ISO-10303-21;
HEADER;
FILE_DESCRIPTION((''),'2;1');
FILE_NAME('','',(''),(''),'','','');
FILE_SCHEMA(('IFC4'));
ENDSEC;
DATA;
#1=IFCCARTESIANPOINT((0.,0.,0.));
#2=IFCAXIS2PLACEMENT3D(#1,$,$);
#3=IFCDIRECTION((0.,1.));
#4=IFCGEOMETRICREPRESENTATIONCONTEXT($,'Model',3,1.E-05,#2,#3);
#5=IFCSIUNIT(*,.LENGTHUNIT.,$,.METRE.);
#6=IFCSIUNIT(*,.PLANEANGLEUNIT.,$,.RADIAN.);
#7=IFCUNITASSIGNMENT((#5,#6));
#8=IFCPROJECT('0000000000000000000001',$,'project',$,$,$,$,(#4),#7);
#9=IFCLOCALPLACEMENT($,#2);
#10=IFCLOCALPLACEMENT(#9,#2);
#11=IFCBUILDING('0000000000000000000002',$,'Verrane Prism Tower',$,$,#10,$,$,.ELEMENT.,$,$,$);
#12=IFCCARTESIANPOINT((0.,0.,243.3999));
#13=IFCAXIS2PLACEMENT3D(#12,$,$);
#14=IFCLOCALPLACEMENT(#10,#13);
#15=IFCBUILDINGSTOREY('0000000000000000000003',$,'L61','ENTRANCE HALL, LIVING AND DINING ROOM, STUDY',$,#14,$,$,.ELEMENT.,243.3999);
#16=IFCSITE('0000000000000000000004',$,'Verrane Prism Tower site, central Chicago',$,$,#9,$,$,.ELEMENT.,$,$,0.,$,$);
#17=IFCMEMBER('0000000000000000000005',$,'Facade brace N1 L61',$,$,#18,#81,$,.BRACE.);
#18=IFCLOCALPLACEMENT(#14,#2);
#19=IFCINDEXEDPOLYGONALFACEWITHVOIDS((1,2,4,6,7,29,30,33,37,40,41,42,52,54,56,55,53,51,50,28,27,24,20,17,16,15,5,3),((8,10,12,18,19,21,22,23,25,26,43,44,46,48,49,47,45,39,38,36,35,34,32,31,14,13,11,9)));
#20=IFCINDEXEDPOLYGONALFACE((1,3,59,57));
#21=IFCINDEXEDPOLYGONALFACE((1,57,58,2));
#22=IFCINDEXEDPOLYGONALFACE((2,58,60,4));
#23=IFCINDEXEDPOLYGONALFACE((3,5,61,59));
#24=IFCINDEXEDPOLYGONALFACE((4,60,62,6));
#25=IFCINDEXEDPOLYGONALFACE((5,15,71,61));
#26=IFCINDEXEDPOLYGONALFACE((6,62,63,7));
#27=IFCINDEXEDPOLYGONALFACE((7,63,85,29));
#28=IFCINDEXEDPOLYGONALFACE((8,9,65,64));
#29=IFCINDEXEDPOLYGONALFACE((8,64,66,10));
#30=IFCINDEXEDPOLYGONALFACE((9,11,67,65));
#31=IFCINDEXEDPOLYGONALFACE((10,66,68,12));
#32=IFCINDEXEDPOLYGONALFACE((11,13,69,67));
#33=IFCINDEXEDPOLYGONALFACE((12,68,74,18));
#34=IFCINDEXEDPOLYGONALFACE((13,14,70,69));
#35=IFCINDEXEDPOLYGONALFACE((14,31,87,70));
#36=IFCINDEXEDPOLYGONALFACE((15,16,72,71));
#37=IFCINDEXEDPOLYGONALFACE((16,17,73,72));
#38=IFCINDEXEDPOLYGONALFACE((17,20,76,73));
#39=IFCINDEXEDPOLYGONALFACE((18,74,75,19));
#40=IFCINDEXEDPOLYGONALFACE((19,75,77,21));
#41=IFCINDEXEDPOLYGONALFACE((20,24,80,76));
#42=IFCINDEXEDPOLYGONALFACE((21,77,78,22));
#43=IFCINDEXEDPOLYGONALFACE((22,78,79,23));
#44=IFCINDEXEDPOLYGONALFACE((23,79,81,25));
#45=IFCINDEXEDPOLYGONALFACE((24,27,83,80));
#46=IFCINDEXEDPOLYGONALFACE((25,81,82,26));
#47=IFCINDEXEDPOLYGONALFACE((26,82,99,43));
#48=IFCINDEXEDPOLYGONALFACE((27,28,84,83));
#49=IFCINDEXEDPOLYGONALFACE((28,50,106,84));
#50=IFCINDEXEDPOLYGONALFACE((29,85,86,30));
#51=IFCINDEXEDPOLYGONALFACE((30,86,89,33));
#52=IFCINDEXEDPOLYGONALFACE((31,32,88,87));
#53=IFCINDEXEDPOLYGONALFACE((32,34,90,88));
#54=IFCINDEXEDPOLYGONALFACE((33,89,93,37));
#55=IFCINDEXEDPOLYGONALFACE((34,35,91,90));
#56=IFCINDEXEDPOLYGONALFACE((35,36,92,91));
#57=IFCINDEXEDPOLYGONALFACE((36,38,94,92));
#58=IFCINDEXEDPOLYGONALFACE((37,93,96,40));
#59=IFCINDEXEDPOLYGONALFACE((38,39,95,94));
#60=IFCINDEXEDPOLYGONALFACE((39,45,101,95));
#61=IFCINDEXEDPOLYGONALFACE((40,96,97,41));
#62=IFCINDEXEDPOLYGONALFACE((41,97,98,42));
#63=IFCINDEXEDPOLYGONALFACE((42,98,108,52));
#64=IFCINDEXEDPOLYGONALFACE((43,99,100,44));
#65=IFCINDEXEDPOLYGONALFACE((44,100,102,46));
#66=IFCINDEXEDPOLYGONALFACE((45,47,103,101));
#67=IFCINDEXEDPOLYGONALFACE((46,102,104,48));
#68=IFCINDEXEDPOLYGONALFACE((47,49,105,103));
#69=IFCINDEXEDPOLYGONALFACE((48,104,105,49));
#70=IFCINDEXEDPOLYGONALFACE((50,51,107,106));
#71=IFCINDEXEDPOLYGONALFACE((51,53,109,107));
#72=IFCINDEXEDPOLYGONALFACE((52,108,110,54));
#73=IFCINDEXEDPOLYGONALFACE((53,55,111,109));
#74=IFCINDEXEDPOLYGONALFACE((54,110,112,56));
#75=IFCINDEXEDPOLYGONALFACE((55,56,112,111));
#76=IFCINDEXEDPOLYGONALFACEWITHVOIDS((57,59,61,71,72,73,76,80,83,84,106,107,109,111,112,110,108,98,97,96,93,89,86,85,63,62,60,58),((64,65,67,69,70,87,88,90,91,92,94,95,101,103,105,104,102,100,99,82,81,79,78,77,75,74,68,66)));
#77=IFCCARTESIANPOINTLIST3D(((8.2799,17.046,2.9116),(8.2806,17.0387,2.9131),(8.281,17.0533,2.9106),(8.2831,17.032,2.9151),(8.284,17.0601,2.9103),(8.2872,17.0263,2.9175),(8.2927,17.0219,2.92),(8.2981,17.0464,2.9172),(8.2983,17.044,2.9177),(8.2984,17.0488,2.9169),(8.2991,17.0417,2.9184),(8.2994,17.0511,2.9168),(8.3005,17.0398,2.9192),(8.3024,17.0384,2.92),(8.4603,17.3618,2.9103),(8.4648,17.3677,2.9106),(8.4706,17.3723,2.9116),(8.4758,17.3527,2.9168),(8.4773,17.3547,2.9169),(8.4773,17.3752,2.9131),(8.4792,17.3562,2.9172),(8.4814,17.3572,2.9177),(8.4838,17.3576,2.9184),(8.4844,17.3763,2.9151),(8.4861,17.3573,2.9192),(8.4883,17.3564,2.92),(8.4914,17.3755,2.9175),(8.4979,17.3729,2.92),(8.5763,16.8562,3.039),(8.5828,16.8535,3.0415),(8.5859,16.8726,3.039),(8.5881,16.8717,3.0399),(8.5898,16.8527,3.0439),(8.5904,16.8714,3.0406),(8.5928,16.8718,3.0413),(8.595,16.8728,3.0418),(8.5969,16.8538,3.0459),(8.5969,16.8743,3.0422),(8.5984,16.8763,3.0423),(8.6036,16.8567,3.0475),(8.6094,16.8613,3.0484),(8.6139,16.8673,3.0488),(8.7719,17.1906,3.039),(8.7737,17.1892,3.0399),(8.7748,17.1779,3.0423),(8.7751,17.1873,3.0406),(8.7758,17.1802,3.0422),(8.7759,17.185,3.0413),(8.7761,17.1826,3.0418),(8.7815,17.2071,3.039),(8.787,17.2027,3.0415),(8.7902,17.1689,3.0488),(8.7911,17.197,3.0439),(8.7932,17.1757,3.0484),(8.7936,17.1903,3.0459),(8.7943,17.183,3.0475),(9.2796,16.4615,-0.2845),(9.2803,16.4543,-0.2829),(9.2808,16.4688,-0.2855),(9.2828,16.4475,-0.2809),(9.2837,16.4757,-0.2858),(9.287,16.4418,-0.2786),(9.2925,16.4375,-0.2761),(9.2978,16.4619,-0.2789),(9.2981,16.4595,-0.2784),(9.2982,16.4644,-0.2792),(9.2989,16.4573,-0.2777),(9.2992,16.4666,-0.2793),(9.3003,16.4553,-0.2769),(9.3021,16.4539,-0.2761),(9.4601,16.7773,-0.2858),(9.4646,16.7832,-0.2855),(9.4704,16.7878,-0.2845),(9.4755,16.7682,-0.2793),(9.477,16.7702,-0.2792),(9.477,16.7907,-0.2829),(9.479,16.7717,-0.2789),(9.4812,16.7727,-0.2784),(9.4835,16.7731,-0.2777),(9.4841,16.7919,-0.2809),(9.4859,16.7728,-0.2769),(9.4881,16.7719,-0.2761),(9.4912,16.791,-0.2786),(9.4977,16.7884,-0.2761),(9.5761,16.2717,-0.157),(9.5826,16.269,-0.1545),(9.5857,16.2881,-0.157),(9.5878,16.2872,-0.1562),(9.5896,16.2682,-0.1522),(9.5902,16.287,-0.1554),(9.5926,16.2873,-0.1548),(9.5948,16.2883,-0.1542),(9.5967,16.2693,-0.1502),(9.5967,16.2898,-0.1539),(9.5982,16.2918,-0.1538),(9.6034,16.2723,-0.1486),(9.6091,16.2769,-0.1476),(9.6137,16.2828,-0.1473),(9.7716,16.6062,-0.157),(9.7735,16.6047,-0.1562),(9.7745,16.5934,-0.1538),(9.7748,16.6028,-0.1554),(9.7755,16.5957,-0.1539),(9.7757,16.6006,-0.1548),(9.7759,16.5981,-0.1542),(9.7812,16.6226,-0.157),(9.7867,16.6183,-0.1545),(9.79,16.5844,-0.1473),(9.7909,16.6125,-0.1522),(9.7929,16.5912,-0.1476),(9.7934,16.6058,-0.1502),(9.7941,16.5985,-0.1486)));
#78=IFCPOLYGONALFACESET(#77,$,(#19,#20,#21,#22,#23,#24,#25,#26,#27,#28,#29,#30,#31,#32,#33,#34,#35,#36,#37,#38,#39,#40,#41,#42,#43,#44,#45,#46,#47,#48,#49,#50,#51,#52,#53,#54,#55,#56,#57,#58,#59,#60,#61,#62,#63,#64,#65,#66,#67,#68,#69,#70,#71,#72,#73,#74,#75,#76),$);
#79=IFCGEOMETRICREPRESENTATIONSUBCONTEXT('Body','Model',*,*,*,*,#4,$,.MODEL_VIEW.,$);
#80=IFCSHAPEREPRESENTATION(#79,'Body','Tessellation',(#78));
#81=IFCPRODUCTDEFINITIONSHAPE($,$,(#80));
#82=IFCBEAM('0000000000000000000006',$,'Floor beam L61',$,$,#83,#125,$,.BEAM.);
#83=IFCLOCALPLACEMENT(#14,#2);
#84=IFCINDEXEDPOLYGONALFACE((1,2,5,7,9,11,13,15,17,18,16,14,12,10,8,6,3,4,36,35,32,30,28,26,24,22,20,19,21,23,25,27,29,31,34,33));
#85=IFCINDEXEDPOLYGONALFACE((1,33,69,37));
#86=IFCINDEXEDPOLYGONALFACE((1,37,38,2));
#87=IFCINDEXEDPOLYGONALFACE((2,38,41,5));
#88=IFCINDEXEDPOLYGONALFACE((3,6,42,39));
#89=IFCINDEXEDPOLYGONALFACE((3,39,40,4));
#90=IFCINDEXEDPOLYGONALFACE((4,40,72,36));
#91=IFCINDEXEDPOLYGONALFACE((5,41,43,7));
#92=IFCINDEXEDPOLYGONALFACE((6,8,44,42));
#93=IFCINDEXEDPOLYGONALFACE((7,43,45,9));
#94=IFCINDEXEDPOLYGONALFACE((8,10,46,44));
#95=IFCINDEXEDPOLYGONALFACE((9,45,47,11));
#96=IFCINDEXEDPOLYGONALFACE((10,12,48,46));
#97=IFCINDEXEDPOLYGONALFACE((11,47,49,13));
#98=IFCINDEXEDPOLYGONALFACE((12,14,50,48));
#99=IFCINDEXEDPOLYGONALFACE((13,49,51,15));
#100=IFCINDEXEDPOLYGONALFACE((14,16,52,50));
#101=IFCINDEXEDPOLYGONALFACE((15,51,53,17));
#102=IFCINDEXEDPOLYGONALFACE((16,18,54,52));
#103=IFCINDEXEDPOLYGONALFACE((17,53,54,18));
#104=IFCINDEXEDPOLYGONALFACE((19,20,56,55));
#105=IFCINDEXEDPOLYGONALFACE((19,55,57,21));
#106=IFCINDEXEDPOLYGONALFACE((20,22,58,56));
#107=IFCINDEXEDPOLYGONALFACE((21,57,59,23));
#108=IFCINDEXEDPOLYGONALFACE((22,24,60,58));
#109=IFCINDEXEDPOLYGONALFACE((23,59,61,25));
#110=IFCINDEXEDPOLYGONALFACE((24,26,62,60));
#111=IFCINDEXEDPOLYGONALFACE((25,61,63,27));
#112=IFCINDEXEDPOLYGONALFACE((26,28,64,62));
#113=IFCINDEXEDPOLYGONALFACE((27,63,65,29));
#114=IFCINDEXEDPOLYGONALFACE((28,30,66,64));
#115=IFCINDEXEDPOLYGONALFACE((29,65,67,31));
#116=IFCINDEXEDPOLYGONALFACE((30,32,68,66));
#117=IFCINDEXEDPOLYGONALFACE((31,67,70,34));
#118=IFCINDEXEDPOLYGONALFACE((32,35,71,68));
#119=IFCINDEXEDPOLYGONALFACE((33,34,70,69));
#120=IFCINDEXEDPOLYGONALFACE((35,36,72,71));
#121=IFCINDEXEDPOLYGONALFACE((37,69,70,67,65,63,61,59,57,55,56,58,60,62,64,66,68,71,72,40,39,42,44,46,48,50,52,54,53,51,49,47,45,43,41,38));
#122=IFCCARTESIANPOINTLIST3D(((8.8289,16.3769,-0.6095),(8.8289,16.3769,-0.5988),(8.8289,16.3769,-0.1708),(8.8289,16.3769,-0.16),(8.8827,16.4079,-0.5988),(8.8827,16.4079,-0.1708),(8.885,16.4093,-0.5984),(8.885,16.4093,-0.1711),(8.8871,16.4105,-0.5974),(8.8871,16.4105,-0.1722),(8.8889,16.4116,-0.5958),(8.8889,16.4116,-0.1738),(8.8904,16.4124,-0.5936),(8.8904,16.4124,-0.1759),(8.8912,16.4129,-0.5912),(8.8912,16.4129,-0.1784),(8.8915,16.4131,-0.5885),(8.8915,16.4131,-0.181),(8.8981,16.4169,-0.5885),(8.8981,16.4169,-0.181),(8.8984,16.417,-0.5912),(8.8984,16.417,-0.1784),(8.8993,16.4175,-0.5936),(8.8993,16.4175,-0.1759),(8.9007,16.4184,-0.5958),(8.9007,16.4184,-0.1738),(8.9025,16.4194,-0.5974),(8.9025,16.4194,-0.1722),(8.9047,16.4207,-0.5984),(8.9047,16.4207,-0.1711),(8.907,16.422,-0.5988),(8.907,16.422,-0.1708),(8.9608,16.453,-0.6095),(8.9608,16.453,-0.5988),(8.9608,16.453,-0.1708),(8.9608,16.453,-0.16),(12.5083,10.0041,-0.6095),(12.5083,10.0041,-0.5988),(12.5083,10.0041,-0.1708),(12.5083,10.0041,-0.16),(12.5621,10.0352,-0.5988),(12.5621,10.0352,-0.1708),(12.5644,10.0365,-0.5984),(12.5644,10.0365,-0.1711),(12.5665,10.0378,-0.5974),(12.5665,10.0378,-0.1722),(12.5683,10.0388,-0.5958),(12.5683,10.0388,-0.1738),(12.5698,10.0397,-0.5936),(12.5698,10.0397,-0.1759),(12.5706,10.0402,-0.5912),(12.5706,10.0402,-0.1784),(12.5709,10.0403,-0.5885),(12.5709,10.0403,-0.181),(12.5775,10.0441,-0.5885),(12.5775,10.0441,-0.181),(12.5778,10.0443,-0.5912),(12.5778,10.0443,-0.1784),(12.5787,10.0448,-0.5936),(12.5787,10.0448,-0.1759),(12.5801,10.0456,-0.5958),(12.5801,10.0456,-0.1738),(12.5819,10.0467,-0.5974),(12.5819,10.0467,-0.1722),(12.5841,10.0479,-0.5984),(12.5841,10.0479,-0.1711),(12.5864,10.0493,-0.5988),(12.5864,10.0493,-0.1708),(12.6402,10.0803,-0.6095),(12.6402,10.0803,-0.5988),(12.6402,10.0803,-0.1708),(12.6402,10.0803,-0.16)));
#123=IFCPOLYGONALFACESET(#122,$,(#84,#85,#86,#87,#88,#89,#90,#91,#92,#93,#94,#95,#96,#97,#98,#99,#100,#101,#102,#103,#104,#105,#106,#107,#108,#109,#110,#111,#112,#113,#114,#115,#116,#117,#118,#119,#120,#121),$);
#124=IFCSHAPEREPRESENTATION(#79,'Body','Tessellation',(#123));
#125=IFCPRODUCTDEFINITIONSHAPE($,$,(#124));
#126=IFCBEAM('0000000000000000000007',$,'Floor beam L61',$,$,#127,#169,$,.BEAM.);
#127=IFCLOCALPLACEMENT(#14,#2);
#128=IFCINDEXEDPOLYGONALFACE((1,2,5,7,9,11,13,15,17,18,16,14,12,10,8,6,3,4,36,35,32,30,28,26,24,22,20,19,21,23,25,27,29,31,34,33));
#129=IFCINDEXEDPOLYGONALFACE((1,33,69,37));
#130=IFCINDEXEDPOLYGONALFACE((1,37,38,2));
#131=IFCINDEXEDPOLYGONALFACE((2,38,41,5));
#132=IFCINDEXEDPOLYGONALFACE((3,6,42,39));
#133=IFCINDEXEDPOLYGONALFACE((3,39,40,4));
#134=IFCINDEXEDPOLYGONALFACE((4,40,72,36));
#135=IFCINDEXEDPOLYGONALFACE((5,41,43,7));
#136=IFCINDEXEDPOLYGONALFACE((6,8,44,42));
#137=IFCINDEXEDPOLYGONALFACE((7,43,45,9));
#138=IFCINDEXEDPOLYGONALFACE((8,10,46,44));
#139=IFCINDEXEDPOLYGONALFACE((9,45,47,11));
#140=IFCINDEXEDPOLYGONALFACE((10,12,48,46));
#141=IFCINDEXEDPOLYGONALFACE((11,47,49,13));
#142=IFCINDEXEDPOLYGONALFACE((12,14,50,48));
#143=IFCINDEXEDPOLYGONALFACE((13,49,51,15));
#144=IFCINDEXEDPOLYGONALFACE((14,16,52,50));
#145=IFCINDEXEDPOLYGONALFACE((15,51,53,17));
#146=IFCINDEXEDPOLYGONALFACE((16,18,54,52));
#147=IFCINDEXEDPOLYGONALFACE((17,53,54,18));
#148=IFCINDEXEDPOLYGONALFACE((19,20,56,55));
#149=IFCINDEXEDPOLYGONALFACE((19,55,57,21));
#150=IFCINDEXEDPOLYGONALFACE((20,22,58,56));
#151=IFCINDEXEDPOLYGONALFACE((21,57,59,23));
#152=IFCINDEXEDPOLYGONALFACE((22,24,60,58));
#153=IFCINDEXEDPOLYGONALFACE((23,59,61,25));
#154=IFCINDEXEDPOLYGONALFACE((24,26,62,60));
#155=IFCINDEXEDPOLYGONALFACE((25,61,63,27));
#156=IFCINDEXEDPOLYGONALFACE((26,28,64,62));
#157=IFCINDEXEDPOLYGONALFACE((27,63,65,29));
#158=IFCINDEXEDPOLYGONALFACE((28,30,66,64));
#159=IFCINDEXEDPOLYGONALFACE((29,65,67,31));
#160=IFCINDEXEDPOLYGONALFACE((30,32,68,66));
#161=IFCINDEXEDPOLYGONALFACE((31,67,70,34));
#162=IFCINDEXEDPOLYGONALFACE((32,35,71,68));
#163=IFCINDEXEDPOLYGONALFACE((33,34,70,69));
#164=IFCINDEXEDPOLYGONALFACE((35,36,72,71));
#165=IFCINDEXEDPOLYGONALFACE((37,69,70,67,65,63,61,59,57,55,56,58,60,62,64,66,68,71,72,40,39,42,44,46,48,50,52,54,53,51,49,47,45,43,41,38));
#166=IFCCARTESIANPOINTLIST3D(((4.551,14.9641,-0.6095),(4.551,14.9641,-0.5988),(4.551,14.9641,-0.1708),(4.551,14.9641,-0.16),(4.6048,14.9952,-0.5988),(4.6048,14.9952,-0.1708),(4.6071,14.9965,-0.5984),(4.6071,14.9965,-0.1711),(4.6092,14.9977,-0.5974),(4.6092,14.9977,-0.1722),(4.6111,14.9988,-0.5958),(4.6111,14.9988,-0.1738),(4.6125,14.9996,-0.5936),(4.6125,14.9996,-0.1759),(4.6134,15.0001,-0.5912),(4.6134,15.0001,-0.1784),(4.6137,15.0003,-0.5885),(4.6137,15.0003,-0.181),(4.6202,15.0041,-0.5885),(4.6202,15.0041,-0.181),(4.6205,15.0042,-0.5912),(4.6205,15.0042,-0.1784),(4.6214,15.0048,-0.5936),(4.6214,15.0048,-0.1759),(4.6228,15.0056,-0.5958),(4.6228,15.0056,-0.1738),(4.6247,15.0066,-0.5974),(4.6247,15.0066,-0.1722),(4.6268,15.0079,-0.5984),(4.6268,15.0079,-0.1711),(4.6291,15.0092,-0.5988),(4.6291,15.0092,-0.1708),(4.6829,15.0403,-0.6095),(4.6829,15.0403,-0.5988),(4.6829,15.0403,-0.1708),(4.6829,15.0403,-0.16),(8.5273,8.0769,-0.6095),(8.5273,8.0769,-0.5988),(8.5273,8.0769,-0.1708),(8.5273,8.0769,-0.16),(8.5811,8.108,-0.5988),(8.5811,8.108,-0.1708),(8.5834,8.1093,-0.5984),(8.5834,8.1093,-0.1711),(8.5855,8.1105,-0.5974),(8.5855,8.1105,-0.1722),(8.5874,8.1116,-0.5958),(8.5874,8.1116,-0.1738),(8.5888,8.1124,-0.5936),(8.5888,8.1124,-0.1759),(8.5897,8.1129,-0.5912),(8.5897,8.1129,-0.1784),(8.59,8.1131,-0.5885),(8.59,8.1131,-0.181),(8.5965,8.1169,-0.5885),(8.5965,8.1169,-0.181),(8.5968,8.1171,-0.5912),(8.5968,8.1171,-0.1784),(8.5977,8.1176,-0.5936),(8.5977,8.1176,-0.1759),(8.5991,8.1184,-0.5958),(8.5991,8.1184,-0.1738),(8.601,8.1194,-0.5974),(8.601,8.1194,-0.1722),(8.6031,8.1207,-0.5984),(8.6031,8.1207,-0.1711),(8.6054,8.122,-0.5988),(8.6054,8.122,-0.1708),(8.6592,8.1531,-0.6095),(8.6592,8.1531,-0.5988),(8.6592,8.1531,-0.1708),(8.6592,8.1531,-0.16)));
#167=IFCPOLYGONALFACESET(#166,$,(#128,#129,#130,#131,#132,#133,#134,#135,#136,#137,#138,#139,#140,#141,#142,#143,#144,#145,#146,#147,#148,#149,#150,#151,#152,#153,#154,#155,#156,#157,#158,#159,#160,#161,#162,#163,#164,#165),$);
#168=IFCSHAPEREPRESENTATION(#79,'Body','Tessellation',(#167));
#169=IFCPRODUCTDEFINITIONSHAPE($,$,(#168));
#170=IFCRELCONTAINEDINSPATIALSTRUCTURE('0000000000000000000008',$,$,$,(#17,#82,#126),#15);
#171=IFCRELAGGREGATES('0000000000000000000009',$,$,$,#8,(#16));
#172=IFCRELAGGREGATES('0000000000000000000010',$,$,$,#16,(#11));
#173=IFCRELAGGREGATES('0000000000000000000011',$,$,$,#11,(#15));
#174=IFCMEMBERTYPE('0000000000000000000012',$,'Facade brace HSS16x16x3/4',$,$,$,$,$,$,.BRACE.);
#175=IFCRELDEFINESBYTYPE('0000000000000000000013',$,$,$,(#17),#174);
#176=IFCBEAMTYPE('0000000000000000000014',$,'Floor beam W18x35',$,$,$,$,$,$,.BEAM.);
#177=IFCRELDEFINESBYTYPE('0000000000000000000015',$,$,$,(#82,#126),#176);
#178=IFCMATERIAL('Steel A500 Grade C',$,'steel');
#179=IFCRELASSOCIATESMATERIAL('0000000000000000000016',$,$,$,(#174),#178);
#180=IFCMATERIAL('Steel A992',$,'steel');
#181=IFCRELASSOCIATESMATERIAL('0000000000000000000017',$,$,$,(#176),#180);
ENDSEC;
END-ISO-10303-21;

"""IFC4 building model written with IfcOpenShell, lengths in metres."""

from ifc_helpers import new_model, si_unit, direction, frame, origin, origin_2d, place, context, subcontext, project, spatial, hollow_rectangle, i_section, extrude, material, material_profile, profile_set, type_object, element, save


model = new_model("IFC4")

# Units and contexts
model_context = context("Model", 3, precision=1e-05, world=origin(), true_north=direction((0.0, 1.0)))
body_context = subcontext(model_context, "Body", "Model", "MODEL_VIEW")
ifc_project = project(units=[si_unit("LENGTHUNIT", "METRE"), si_unit("PLANEANGLEUNIT", "RADIAN")], contexts=[model_context])

# Site, building, storey
site_placement = place(None, origin())
site = spatial("IfcSite", under=ifc_project, at=site_placement, Name="Verrane Prism Tower site, central Chicago", CompositionType="ELEMENT", RefElevation=0.0)
building_placement = place(site_placement, origin())
building = spatial("IfcBuilding", under=site, at=building_placement, Name="Verrane Prism Tower", CompositionType="ELEMENT")
storey_placement = place(building_placement, frame((0.0, 0.0, 243.3999)))
storey = spatial("IfcBuildingStorey", under=building, at=storey_placement, Name="L61", Description="ENTRANCE HALL, LIVING AND DINING ROOM, STUDY", CompositionType="ELEMENT", Elevation=243.3999)

# Member
ifc_material_1 = material(Name="Steel A500 Grade C", Category="steel")
ifc_material_profile_1 = material_profile(ifc_material_1, hollow_rectangle(XDim=0.4065, YDim=0.4065, WallThickness=0.019, InnerFilletRadius=0.0095, OuterFilletRadius=0.0286, at=origin_2d()), Name="HSS16x16x3/4")
ifc_profile_set_1 = profile_set([ifc_material_profile_1], Name="Steel A500 Grade C")
member_type_1 = type_object("IfcMemberType", Name="Facade brace HSS16x16x3/4", PredefinedType="BRACE", material=ifc_profile_set_1)
member_1_placement = place(storey_placement, frame((9.5369, 16.53, -0.2166), z_axis=(-0.294099, 0.171935, 0.940183), x_axis=(-0.504697, -0.863297, 0.0)))
element("IfcMember", 1, at=member_1_placement, inside=storey, type_object=member_type_1, Name="Facade brace N1 L61", PredefinedType="BRACE", context=body_context, shape_type="SweptSolid", body=[
    extrude(hollow_rectangle(XDim=0.4065, YDim=0.4065, WallThickness=0.019, InnerFilletRadius=0.0095, OuterFilletRadius=0.0286, at=origin_2d()), origin(), (0.0, 0.0, 1.0), 3.3994),
])

# Beams
ifc_material_2 = material(Name="Steel A992", Category="steel")
ifc_material_profile_2 = material_profile(ifc_material_2, i_section(OverallWidth=0.1523, OverallDepth=0.4495, WebThickness=0.0076, FlangeThickness=0.0107, FilletRadius=0.0103, at=origin_2d()), Name="W18x35")
ifc_profile_set_2 = profile_set([ifc_material_profile_2], Name="Steel A992")
beam_type_1 = type_object("IfcBeamType", Name="Floor beam W18x35", PredefinedType="BEAM", material=ifc_profile_set_2)
beam_1_placement = place(storey_placement, frame((12.5742, 10.0422, -0.3848), z_axis=(-0.500011, 0.866019, 0.0), x_axis=(-0.866019, -0.500011, 0.0)))
element("IfcBeam", 2, at=beam_1_placement, inside=storey, type_object=beam_type_1, Name="Floor beam L61", PredefinedType="BEAM", context=body_context, shape_type="SweptSolid", body=[
    extrude(i_section(OverallWidth=0.1523, OverallDepth=0.4495, WebThickness=0.0076, FlangeThickness=0.0107, FilletRadius=0.0103, at=origin_2d()), origin(), (0.0, 0.0, 1.0), 7.3586),
])
beam_2_placement = place(storey_placement, frame((8.5933, 8.115, -0.3848), z_axis=(-0.499999, 0.866026, 0.0), x_axis=(-0.866026, -0.499999, 0.0)))
element("IfcBeam", 3, at=beam_2_placement, inside=storey, type_object=beam_type_1, Name="Floor beam L61", PredefinedType="BEAM", context=body_context, shape_type="SweptSolid", body=[
    extrude(i_section(OverallWidth=0.1523, OverallDepth=0.4495, WebThickness=0.0076, FlangeThickness=0.0107, FilletRadius=0.0103, at=origin_2d()), origin(), (0.0, 0.0, 1.0), 7.9526),
])

save(model, "model.ifc")
